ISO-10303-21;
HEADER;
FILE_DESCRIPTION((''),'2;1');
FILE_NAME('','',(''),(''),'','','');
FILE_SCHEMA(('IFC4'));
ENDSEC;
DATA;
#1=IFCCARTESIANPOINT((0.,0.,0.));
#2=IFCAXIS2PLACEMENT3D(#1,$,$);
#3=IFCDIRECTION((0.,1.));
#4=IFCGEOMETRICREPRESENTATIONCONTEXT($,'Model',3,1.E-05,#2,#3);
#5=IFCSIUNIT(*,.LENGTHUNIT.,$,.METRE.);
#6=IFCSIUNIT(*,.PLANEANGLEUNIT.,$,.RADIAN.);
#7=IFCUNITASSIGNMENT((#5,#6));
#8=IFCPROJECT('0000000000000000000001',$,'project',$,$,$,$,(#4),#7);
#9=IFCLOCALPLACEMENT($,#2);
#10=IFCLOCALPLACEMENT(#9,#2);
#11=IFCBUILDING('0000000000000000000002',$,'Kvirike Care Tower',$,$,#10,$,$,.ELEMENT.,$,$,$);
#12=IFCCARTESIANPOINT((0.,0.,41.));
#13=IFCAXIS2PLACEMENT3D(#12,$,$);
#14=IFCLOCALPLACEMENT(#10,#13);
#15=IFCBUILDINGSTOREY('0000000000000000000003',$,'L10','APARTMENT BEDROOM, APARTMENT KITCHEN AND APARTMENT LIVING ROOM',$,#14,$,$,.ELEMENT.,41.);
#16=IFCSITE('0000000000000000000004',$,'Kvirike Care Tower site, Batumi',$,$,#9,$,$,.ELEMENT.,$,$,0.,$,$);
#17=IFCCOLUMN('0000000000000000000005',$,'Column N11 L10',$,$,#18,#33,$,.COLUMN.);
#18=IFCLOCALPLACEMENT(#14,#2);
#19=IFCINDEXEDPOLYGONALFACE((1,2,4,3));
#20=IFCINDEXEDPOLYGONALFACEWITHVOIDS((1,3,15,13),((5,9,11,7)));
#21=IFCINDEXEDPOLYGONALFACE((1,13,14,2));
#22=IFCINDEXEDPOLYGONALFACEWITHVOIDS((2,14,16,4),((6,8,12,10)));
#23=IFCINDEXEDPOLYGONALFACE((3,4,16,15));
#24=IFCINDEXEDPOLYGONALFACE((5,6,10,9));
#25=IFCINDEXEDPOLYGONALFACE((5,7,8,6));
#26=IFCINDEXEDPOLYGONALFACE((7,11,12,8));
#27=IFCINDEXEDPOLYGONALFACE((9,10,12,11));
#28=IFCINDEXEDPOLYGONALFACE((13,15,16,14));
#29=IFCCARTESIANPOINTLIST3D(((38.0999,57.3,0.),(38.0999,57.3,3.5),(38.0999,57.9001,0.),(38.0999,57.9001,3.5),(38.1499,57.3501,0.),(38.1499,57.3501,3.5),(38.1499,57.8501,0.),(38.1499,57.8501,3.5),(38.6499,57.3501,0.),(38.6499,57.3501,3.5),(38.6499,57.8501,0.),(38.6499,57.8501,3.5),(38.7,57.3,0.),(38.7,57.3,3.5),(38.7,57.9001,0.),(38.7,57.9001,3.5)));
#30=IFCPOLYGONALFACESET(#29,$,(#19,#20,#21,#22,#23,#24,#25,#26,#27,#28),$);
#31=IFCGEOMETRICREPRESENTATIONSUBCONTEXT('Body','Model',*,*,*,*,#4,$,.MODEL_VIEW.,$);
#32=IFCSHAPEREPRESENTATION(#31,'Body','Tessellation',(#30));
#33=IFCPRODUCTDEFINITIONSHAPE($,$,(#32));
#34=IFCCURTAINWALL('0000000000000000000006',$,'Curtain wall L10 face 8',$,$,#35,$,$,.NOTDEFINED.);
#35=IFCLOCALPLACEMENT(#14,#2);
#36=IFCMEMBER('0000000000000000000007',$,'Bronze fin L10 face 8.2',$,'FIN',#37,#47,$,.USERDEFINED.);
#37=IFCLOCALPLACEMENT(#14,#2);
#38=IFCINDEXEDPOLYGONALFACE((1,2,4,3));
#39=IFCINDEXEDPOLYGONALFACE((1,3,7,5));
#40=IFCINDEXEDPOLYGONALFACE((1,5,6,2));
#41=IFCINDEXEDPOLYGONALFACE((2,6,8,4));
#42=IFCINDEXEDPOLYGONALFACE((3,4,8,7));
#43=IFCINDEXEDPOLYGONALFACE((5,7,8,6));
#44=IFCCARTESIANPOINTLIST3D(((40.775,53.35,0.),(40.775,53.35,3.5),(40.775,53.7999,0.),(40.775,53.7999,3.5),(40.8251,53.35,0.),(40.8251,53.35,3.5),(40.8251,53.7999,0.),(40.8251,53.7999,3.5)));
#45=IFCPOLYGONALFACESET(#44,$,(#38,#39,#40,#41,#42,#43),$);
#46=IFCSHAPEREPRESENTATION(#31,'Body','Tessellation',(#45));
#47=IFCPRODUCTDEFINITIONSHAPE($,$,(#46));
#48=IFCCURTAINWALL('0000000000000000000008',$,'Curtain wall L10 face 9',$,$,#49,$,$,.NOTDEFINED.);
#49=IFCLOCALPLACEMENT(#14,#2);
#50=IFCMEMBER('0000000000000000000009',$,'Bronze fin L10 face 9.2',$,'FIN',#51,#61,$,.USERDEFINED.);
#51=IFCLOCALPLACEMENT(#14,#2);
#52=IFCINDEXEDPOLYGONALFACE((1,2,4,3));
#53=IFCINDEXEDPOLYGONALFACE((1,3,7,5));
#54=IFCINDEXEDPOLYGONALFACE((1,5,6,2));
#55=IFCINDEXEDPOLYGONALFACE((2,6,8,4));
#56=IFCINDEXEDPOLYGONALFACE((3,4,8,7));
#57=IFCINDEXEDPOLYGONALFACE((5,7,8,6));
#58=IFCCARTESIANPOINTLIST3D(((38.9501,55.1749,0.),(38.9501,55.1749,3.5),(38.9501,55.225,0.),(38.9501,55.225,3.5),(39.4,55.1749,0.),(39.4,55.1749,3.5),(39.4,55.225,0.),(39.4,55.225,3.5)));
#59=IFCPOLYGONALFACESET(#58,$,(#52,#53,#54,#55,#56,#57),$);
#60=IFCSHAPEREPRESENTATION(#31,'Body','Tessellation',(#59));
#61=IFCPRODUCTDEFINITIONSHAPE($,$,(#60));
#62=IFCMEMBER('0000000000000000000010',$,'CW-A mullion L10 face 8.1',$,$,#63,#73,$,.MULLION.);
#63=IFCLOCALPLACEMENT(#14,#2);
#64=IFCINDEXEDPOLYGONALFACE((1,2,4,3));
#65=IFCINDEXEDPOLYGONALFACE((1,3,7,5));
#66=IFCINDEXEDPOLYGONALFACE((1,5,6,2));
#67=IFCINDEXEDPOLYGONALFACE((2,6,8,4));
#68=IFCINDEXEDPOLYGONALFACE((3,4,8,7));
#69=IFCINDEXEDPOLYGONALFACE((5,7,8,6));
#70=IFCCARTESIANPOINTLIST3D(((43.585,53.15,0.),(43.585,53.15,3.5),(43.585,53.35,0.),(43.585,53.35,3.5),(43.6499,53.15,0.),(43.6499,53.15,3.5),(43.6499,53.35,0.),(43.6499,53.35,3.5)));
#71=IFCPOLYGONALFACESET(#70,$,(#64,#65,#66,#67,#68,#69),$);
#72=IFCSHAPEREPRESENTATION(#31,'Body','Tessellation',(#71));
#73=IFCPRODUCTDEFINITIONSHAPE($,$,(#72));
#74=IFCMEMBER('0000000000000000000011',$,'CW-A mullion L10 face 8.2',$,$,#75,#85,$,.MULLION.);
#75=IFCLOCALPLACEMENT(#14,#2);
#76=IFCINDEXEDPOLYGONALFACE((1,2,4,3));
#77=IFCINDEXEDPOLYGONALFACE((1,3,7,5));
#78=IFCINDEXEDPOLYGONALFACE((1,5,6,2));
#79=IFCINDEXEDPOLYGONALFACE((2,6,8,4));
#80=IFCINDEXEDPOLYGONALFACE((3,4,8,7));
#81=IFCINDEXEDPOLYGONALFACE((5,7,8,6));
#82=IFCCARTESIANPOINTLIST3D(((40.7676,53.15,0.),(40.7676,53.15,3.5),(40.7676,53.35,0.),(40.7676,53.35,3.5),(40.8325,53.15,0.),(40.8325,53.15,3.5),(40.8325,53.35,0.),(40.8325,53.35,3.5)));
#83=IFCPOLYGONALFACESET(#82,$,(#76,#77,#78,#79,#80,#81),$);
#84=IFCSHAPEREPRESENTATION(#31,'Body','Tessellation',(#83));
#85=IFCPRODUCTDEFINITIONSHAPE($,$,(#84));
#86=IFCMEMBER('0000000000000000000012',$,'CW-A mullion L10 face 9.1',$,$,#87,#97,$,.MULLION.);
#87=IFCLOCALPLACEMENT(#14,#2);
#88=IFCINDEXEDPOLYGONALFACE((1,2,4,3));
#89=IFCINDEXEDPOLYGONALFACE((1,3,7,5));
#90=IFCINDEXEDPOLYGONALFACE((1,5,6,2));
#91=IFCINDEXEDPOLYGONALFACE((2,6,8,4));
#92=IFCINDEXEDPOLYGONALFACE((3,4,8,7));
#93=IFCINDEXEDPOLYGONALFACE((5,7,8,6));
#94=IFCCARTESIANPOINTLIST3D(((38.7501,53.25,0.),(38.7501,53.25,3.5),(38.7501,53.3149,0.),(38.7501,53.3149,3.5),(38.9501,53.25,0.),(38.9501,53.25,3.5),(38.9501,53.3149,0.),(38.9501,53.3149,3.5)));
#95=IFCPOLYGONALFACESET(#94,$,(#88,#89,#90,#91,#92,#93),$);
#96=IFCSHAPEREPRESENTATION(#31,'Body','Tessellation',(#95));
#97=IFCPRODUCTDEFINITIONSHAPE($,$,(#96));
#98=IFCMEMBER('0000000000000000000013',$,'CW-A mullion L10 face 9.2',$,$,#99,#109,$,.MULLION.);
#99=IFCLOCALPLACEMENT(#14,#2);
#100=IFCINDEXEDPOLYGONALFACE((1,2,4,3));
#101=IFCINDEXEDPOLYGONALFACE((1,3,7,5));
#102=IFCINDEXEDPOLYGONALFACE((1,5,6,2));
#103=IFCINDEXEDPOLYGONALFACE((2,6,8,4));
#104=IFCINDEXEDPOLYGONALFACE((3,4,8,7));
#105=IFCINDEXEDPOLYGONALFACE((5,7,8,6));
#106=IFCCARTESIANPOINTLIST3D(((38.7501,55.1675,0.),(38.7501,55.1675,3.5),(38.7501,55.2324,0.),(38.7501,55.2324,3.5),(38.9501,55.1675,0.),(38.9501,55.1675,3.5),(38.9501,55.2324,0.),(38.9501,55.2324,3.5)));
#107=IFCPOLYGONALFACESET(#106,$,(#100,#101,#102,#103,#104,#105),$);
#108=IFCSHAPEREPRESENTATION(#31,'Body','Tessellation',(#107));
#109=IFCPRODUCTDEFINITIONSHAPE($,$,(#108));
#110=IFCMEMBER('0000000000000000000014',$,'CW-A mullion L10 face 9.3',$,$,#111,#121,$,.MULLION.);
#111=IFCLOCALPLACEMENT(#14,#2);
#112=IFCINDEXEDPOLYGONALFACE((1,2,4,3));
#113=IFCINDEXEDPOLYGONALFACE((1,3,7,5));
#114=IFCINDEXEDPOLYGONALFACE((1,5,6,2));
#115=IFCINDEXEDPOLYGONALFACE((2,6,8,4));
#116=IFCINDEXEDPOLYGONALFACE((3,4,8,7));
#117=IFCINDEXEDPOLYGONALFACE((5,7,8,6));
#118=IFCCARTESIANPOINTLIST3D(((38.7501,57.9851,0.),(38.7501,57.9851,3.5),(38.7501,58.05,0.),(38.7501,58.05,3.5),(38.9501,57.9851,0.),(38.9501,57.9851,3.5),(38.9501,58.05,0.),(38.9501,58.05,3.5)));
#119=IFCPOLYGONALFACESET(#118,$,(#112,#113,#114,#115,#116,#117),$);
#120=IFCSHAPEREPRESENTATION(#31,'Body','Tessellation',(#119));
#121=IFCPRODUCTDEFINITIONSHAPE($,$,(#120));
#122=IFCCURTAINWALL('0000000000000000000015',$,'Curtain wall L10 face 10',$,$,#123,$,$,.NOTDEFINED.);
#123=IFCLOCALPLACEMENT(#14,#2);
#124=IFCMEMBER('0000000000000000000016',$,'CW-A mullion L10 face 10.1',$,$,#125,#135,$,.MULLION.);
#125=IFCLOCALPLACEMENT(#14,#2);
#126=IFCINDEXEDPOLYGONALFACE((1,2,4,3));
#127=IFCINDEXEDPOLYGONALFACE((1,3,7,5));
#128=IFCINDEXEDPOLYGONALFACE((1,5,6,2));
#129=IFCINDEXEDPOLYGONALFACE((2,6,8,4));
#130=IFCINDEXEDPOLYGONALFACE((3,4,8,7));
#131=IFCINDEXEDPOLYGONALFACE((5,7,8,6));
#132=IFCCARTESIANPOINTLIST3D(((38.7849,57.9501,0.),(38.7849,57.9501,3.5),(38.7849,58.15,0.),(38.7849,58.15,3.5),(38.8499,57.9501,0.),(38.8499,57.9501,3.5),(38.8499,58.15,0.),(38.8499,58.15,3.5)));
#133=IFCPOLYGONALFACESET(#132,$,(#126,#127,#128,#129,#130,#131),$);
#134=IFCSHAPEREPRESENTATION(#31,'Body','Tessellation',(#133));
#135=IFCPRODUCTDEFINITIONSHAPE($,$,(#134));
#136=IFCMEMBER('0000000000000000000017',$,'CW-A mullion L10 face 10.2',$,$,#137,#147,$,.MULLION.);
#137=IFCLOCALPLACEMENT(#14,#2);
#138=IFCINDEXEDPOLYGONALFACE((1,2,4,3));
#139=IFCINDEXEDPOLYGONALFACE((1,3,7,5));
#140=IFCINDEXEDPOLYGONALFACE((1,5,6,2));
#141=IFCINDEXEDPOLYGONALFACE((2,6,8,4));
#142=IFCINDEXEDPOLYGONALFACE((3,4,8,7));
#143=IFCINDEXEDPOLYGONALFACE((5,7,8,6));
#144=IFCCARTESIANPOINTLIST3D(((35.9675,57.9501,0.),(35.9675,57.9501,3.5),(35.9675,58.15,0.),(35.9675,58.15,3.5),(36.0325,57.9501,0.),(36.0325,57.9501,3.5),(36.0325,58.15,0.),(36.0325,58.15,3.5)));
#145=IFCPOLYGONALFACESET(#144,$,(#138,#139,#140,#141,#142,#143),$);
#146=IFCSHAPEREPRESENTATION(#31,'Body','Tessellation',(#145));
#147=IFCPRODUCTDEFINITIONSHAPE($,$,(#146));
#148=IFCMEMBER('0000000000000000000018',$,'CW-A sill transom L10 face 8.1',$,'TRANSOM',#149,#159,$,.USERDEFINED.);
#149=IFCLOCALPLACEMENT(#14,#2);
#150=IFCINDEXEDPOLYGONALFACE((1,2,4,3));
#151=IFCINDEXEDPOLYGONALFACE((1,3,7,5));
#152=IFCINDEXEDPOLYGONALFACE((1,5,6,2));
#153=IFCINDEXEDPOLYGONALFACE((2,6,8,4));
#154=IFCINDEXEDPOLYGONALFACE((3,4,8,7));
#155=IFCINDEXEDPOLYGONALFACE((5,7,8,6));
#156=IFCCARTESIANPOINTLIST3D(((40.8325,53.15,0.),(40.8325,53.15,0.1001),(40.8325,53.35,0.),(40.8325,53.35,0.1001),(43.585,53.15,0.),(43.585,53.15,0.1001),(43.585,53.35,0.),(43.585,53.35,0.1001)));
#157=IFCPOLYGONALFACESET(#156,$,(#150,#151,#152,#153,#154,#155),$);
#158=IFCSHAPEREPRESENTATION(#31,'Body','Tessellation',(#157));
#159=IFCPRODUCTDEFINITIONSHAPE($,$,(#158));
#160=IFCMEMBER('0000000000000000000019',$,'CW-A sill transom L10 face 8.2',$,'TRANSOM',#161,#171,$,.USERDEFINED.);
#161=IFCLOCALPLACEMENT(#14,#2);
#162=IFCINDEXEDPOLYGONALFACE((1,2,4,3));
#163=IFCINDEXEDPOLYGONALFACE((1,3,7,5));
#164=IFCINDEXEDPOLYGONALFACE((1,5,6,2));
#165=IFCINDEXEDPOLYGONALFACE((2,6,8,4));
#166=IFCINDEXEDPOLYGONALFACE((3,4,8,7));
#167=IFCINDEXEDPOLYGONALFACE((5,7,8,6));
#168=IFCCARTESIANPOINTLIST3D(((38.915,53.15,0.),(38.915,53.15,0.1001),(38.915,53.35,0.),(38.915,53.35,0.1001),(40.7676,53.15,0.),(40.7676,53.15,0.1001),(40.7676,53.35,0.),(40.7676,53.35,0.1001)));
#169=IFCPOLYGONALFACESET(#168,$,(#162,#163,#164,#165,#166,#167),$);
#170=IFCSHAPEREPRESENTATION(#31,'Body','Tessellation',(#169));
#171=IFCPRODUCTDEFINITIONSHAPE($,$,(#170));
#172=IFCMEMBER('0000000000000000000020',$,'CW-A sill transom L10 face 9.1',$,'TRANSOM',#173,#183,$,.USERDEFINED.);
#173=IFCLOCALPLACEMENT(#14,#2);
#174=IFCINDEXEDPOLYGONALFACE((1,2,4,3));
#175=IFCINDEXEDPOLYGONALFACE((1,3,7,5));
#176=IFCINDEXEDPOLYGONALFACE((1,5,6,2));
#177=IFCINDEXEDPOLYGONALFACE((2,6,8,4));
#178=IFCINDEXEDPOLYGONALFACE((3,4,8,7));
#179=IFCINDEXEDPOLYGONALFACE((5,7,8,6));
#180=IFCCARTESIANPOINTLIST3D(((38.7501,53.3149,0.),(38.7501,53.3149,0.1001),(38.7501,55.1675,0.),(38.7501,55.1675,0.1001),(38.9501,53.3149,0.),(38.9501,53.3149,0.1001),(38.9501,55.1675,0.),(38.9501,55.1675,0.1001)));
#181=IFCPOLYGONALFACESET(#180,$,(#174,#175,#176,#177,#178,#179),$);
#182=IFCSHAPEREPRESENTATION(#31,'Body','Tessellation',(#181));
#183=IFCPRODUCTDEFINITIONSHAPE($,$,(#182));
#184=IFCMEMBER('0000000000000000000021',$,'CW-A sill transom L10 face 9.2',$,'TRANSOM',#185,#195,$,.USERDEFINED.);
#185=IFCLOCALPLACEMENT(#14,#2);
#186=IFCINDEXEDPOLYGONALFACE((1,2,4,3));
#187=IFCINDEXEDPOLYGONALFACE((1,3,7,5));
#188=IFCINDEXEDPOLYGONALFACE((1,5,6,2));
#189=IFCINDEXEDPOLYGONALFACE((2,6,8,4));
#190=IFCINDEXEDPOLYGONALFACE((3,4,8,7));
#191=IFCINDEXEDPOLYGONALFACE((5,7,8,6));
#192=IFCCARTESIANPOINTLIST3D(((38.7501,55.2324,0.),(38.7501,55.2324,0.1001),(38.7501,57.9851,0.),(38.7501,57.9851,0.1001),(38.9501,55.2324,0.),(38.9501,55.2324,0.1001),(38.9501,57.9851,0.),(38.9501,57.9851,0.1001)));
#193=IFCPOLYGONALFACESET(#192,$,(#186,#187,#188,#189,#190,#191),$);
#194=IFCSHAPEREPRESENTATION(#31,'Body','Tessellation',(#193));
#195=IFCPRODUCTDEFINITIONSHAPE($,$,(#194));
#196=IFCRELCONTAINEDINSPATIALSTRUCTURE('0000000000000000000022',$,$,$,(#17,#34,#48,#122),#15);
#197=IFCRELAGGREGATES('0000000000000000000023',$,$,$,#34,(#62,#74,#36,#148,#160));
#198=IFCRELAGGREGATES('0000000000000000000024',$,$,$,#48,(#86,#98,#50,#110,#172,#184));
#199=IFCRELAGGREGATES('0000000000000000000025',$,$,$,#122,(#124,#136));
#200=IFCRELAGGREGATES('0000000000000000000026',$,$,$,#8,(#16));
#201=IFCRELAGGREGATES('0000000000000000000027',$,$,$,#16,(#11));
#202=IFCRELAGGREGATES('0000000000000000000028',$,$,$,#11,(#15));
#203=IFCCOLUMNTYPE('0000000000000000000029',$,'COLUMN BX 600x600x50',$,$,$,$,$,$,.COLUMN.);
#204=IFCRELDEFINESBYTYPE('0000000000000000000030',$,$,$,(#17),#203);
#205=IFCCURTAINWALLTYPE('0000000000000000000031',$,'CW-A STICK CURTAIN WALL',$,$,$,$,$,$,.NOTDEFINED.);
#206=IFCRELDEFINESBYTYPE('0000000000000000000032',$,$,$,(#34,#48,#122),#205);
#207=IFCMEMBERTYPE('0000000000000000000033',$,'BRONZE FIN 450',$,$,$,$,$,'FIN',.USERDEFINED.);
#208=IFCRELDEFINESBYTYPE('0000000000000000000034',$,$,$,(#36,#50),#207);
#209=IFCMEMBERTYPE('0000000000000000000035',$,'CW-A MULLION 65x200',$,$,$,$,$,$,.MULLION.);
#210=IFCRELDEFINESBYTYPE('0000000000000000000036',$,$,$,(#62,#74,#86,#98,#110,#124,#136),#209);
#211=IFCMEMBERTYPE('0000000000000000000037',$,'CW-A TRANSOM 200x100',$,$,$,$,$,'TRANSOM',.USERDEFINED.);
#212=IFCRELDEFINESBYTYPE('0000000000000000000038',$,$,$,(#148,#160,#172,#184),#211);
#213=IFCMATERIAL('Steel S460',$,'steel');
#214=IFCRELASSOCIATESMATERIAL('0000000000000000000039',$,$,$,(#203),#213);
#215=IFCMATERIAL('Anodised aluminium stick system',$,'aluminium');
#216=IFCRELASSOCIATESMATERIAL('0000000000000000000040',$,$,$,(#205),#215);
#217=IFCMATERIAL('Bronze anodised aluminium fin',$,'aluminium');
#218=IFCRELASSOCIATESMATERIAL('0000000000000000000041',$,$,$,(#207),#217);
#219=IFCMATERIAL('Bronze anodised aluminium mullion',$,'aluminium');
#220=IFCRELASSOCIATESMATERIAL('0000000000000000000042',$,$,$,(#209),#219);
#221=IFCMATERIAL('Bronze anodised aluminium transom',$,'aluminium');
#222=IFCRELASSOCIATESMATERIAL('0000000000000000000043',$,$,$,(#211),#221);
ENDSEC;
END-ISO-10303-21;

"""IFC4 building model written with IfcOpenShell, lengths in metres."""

from ifc_helpers import new_model, si_unit, direction, frame, origin, origin_2d, place, context, subcontext, project, spatial, rectangle, hollow_rectangle, extrude, material, material_profile, profile_set, type_object, element, aggregate, save


model = new_model("IFC4")

# Units and contexts
model_context = context("Model", 3, precision=1e-05, world=origin(), true_north=direction((0.0, 1.0)))
body_context = subcontext(model_context, "Body", "Model", "MODEL_VIEW")
ifc_project = project(units=[si_unit("LENGTHUNIT", "METRE"), si_unit("PLANEANGLEUNIT", "RADIAN")], contexts=[model_context])

# Site, building, storey
site_placement = place(None, origin())
site = spatial("IfcSite", under=ifc_project, at=site_placement, Name="Kvirike Care Tower site, Batumi", CompositionType="ELEMENT", RefElevation=0.0)
building_placement = place(site_placement, origin())
building = spatial("IfcBuilding", under=site, at=building_placement, Name="Kvirike Care Tower", CompositionType="ELEMENT")
storey_placement = place(building_placement, frame((0.0, 0.0, 41.0)))
storey = spatial("IfcBuildingStorey", under=building, at=storey_placement, Name="L10", Description="APARTMENT BEDROOM, APARTMENT KITCHEN AND APARTMENT LIVING ROOM", CompositionType="ELEMENT", Elevation=41.0)

# Column
ifc_material_1 = material(Name="Steel S460", Category="steel")
ifc_material_profile_1 = material_profile(ifc_material_1, hollow_rectangle(XDim=0.6001, YDim=0.6001, WallThickness=0.05, at=origin_2d()), Name="BX 600x600x50")
ifc_profile_set_1 = profile_set([ifc_material_profile_1], Name="Steel S460")
column_type = type_object("IfcColumnType", Name="COLUMN BX 600x600x50", PredefinedType="COLUMN", material=ifc_profile_set_1)
column_placement = place(storey_placement, frame((38.3999, 57.6001, 0.0), z_axis=(0.0, 0.0, 1.0), x_axis=(0.0, 1.0, 0.0)))
element("IfcColumn", 1, at=column_placement, inside=storey, type_object=column_type, Name="Column N11 L10", PredefinedType="COLUMN", context=body_context, shape_type="SweptSolid", body=[
    extrude(hollow_rectangle(XDim=0.6001, YDim=0.6001, WallThickness=0.05, at=origin_2d()), origin(), (0.0, 0.0, 1.0), 3.5),
])

# Curtain walls, members
ifc_material_2 = material(Name="Anodised aluminium stick system", Category="aluminium")
curtain_wall_type = type_object("IfcCurtainWallType", Name="CW-A STICK CURTAIN WALL", PredefinedType="NOTDEFINED", material=ifc_material_2)
curtain_wall_1_placement = place(storey_placement, origin())
curtain_wall_1 = element("IfcCurtainWall", 2, at=curtain_wall_1_placement, inside=storey, type_object=curtain_wall_type, Name="Curtain wall L10 face 8", PredefinedType="NOTDEFINED")
ifc_material_3 = material(Name="Bronze anodised aluminium fin", Category="aluminium")
ifc_material_profile_2 = material_profile(ifc_material_3, rectangle(XDim=0.05, YDim=0.45, at=origin_2d()), Name="BRONZE FIN 450")
ifc_profile_set_2 = profile_set([ifc_material_profile_2], Name="Bronze anodised aluminium fin")
member_type_1 = type_object("IfcMemberType", Name="BRONZE FIN 450", ElementType="FIN", PredefinedType="USERDEFINED", material=ifc_profile_set_2)
member_1_placement = place(storey_placement, frame((40.8, 53.575, 0.0), z_axis=(0.0, 0.0, 1.0), x_axis=(-1.0, 0.0, 0.0)))
member_1 = element("IfcMember", 3, at=member_1_placement, type_object=member_type_1, Name="Bronze fin L10 face 8.2", ObjectType="FIN", PredefinedType="USERDEFINED", context=body_context, shape_type="SweptSolid", body=[
    extrude(rectangle(XDim=0.05, YDim=0.45, at=origin_2d()), origin(), (0.0, 0.0, 1.0), 3.5),
])
curtain_wall_2_placement = place(storey_placement, origin())
curtain_wall_2 = element("IfcCurtainWall", 4, at=curtain_wall_2_placement, inside=storey, type_object=curtain_wall_type, Name="Curtain wall L10 face 9", PredefinedType="NOTDEFINED")
member_2_placement = place(storey_placement, frame((39.175, 55.2, 0.0), z_axis=(0.0, 0.0, 1.0), x_axis=(0.0, 1.0, 0.0)))
member_2 = element("IfcMember", 5, at=member_2_placement, type_object=member_type_1, Name="Bronze fin L10 face 9.2", ObjectType="FIN", PredefinedType="USERDEFINED", context=body_context, shape_type="SweptSolid", body=[
    extrude(rectangle(XDim=0.05, YDim=0.45, at=origin_2d()), origin(), (0.0, 0.0, 1.0), 3.5),
])

# Members
ifc_material_4 = material(Name="Bronze anodised aluminium mullion", Category="aluminium")
ifc_material_profile_3 = material_profile(ifc_material_4, rectangle(XDim=0.0649, YDim=0.2, at=origin_2d()), Name="CW-A MULLION 65x200")
ifc_profile_set_3 = profile_set([ifc_material_profile_3], Name="Bronze anodised aluminium mullion")
member_type_2 = type_object("IfcMemberType", Name="CW-A MULLION 65x200", PredefinedType="MULLION", material=ifc_profile_set_3)
member_3_placement = place(storey_placement, frame((43.6174, 53.25, 0.0), z_axis=(0.0, 0.0, 1.0), x_axis=(-1.0, 0.0, 0.0)))
member_3 = element("IfcMember", 6, at=member_3_placement, type_object=member_type_2, Name="CW-A mullion L10 face 8.1", PredefinedType="MULLION", context=body_context, shape_type="SweptSolid", body=[
    extrude(rectangle(XDim=0.0649, YDim=0.2, at=origin_2d()), origin(), (0.0, 0.0, 1.0), 3.5),
])
member_4_placement = place(storey_placement, frame((40.8, 53.25, 0.0), z_axis=(0.0, 0.0, 1.0), x_axis=(-1.0, 0.0, 0.0)))
member_4 = element("IfcMember", 7, at=member_4_placement, type_object=member_type_2, Name="CW-A mullion L10 face 8.2", PredefinedType="MULLION", context=body_context, shape_type="SweptSolid", body=[
    extrude(rectangle(XDim=0.0649, YDim=0.2, at=origin_2d()), origin(), (0.0, 0.0, 1.0), 3.5),
])
member_5_placement = place(storey_placement, frame((38.8501, 53.2825, 0.0), z_axis=(0.0, 0.0, 1.0), x_axis=(0.0, 1.0, 0.0)))
member_5 = element("IfcMember", 8, at=member_5_placement, type_object=member_type_2, Name="CW-A mullion L10 face 9.1", PredefinedType="MULLION", context=body_context, shape_type="SweptSolid", body=[
    extrude(rectangle(XDim=0.0649, YDim=0.2, at=origin_2d()), origin(), (0.0, 0.0, 1.0), 3.5),
])
member_6_placement = place(storey_placement, frame((38.8501, 55.2, 0.0), z_axis=(0.0, 0.0, 1.0), x_axis=(0.0, 1.0, 0.0)))
member_6 = element("IfcMember", 9, at=member_6_placement, type_object=member_type_2, Name="CW-A mullion L10 face 9.2", PredefinedType="MULLION", context=body_context, shape_type="SweptSolid", body=[
    extrude(rectangle(XDim=0.0649, YDim=0.2, at=origin_2d()), origin(), (0.0, 0.0, 1.0), 3.5),
])
member_7_placement = place(storey_placement, frame((38.8501, 58.0176, 0.0), z_axis=(0.0, 0.0, 1.0), x_axis=(0.0, 1.0, 0.0)))
member_7 = element("IfcMember", 10, at=member_7_placement, type_object=member_type_2, Name="CW-A mullion L10 face 9.3", PredefinedType="MULLION", context=body_context, shape_type="SweptSolid", body=[
    extrude(rectangle(XDim=0.0649, YDim=0.2, at=origin_2d()), origin(), (0.0, 0.0, 1.0), 3.5),
])

# Curtain wall, members
curtain_wall_3_placement = place(storey_placement, origin())
curtain_wall_3 = element("IfcCurtainWall", 11, at=curtain_wall_3_placement, inside=storey, type_object=curtain_wall_type, Name="Curtain wall L10 face 10", PredefinedType="NOTDEFINED")
member_8_placement = place(storey_placement, frame((38.8174, 58.05, 0.0), z_axis=(0.0, 0.0, 1.0), x_axis=(-1.0, 0.0, 0.0)))
member_8 = element("IfcMember", 12, at=member_8_placement, type_object=member_type_2, Name="CW-A mullion L10 face 10.1", PredefinedType="MULLION", context=body_context, shape_type="SweptSolid", body=[
    extrude(rectangle(XDim=0.0649, YDim=0.2, at=origin_2d()), origin(), (0.0, 0.0, 1.0), 3.5),
])
member_9_placement = place(storey_placement, frame((36.0, 58.05, 0.0), z_axis=(0.0, 0.0, 1.0), x_axis=(-1.0, 0.0, 0.0)))
member_9 = element("IfcMember", 13, at=member_9_placement, type_object=member_type_2, Name="CW-A mullion L10 face 10.2", PredefinedType="MULLION", context=body_context, shape_type="SweptSolid", body=[
    extrude(rectangle(XDim=0.0649, YDim=0.2, at=origin_2d()), origin(), (0.0, 0.0, 1.0), 3.5),
])

# Members
ifc_material_5 = material(Name="Bronze anodised aluminium transom", Category="aluminium")
ifc_material_profile_4 = material_profile(ifc_material_5, rectangle(XDim=0.2, YDim=0.1001, at=origin_2d()), Name="CW-A TRANSOM 200x100")
ifc_profile_set_4 = profile_set([ifc_material_profile_4], Name="Bronze anodised aluminium transom")
member_type_3 = type_object("IfcMemberType", Name="CW-A TRANSOM 200x100", ElementType="TRANSOM", PredefinedType="USERDEFINED", material=ifc_profile_set_4)
member_10_placement = place(storey_placement, frame((43.585, 53.25, 0.05), z_axis=(-1.0, 0.0, 0.0), x_axis=(0.0, -1.0, 0.0)))
member_10 = element("IfcMember", 14, at=member_10_placement, type_object=member_type_3, Name="CW-A sill transom L10 face 8.1", ObjectType="TRANSOM", PredefinedType="USERDEFINED", context=body_context, shape_type="SweptSolid", body=[
    extrude(rectangle(XDim=0.2, YDim=0.1001, at=origin_2d()), origin(), (0.0, 0.0, 1.0), 2.7524),
])
member_11_placement = place(storey_placement, frame((40.7676, 53.25, 0.05), z_axis=(-1.0, 0.0, 0.0), x_axis=(0.0, -1.0, 0.0)))
member_11 = element("IfcMember", 15, at=member_11_placement, type_object=member_type_3, Name="CW-A sill transom L10 face 8.2", ObjectType="TRANSOM", PredefinedType="USERDEFINED", context=body_context, shape_type="SweptSolid", body=[
    extrude(rectangle(XDim=0.2, YDim=0.1001, at=origin_2d()), origin(), (0.0, 0.0, 1.0), 1.8525),
])
member_12_placement = place(storey_placement, frame((38.8501, 53.3149, 0.05), z_axis=(0.0, 1.0, 0.0), x_axis=(-1.0, 0.0, 0.0)))
member_12 = element("IfcMember", 16, at=member_12_placement, type_object=member_type_3, Name="CW-A sill transom L10 face 9.1", ObjectType="TRANSOM", PredefinedType="USERDEFINED", context=body_context, shape_type="SweptSolid", body=[
    extrude(rectangle(XDim=0.2, YDim=0.1001, at=origin_2d()), origin(), (0.0, 0.0, 1.0), 1.8525),
])
member_13_placement = place(storey_placement, frame((38.8501, 55.2324, 0.05), z_axis=(0.0, 1.0, 0.0), x_axis=(-1.0, 0.0, 0.0)))
member_13 = element("IfcMember", 17, at=member_13_placement, type_object=member_type_3, Name="CW-A sill transom L10 face 9.2", ObjectType="TRANSOM", PredefinedType="USERDEFINED", context=body_context, shape_type="SweptSolid", body=[
    extrude(rectangle(XDim=0.2, YDim=0.1001, at=origin_2d()), origin(), (0.0, 0.0, 1.0), 2.7527),
])

aggregate(curtain_wall_1, [member_3, member_4, member_1, member_10, member_11])
aggregate(curtain_wall_2, [member_5, member_6, member_2, member_7, member_12, member_13])
aggregate(curtain_wall_3, [member_8, member_9])

save(model, "model.ifc")
